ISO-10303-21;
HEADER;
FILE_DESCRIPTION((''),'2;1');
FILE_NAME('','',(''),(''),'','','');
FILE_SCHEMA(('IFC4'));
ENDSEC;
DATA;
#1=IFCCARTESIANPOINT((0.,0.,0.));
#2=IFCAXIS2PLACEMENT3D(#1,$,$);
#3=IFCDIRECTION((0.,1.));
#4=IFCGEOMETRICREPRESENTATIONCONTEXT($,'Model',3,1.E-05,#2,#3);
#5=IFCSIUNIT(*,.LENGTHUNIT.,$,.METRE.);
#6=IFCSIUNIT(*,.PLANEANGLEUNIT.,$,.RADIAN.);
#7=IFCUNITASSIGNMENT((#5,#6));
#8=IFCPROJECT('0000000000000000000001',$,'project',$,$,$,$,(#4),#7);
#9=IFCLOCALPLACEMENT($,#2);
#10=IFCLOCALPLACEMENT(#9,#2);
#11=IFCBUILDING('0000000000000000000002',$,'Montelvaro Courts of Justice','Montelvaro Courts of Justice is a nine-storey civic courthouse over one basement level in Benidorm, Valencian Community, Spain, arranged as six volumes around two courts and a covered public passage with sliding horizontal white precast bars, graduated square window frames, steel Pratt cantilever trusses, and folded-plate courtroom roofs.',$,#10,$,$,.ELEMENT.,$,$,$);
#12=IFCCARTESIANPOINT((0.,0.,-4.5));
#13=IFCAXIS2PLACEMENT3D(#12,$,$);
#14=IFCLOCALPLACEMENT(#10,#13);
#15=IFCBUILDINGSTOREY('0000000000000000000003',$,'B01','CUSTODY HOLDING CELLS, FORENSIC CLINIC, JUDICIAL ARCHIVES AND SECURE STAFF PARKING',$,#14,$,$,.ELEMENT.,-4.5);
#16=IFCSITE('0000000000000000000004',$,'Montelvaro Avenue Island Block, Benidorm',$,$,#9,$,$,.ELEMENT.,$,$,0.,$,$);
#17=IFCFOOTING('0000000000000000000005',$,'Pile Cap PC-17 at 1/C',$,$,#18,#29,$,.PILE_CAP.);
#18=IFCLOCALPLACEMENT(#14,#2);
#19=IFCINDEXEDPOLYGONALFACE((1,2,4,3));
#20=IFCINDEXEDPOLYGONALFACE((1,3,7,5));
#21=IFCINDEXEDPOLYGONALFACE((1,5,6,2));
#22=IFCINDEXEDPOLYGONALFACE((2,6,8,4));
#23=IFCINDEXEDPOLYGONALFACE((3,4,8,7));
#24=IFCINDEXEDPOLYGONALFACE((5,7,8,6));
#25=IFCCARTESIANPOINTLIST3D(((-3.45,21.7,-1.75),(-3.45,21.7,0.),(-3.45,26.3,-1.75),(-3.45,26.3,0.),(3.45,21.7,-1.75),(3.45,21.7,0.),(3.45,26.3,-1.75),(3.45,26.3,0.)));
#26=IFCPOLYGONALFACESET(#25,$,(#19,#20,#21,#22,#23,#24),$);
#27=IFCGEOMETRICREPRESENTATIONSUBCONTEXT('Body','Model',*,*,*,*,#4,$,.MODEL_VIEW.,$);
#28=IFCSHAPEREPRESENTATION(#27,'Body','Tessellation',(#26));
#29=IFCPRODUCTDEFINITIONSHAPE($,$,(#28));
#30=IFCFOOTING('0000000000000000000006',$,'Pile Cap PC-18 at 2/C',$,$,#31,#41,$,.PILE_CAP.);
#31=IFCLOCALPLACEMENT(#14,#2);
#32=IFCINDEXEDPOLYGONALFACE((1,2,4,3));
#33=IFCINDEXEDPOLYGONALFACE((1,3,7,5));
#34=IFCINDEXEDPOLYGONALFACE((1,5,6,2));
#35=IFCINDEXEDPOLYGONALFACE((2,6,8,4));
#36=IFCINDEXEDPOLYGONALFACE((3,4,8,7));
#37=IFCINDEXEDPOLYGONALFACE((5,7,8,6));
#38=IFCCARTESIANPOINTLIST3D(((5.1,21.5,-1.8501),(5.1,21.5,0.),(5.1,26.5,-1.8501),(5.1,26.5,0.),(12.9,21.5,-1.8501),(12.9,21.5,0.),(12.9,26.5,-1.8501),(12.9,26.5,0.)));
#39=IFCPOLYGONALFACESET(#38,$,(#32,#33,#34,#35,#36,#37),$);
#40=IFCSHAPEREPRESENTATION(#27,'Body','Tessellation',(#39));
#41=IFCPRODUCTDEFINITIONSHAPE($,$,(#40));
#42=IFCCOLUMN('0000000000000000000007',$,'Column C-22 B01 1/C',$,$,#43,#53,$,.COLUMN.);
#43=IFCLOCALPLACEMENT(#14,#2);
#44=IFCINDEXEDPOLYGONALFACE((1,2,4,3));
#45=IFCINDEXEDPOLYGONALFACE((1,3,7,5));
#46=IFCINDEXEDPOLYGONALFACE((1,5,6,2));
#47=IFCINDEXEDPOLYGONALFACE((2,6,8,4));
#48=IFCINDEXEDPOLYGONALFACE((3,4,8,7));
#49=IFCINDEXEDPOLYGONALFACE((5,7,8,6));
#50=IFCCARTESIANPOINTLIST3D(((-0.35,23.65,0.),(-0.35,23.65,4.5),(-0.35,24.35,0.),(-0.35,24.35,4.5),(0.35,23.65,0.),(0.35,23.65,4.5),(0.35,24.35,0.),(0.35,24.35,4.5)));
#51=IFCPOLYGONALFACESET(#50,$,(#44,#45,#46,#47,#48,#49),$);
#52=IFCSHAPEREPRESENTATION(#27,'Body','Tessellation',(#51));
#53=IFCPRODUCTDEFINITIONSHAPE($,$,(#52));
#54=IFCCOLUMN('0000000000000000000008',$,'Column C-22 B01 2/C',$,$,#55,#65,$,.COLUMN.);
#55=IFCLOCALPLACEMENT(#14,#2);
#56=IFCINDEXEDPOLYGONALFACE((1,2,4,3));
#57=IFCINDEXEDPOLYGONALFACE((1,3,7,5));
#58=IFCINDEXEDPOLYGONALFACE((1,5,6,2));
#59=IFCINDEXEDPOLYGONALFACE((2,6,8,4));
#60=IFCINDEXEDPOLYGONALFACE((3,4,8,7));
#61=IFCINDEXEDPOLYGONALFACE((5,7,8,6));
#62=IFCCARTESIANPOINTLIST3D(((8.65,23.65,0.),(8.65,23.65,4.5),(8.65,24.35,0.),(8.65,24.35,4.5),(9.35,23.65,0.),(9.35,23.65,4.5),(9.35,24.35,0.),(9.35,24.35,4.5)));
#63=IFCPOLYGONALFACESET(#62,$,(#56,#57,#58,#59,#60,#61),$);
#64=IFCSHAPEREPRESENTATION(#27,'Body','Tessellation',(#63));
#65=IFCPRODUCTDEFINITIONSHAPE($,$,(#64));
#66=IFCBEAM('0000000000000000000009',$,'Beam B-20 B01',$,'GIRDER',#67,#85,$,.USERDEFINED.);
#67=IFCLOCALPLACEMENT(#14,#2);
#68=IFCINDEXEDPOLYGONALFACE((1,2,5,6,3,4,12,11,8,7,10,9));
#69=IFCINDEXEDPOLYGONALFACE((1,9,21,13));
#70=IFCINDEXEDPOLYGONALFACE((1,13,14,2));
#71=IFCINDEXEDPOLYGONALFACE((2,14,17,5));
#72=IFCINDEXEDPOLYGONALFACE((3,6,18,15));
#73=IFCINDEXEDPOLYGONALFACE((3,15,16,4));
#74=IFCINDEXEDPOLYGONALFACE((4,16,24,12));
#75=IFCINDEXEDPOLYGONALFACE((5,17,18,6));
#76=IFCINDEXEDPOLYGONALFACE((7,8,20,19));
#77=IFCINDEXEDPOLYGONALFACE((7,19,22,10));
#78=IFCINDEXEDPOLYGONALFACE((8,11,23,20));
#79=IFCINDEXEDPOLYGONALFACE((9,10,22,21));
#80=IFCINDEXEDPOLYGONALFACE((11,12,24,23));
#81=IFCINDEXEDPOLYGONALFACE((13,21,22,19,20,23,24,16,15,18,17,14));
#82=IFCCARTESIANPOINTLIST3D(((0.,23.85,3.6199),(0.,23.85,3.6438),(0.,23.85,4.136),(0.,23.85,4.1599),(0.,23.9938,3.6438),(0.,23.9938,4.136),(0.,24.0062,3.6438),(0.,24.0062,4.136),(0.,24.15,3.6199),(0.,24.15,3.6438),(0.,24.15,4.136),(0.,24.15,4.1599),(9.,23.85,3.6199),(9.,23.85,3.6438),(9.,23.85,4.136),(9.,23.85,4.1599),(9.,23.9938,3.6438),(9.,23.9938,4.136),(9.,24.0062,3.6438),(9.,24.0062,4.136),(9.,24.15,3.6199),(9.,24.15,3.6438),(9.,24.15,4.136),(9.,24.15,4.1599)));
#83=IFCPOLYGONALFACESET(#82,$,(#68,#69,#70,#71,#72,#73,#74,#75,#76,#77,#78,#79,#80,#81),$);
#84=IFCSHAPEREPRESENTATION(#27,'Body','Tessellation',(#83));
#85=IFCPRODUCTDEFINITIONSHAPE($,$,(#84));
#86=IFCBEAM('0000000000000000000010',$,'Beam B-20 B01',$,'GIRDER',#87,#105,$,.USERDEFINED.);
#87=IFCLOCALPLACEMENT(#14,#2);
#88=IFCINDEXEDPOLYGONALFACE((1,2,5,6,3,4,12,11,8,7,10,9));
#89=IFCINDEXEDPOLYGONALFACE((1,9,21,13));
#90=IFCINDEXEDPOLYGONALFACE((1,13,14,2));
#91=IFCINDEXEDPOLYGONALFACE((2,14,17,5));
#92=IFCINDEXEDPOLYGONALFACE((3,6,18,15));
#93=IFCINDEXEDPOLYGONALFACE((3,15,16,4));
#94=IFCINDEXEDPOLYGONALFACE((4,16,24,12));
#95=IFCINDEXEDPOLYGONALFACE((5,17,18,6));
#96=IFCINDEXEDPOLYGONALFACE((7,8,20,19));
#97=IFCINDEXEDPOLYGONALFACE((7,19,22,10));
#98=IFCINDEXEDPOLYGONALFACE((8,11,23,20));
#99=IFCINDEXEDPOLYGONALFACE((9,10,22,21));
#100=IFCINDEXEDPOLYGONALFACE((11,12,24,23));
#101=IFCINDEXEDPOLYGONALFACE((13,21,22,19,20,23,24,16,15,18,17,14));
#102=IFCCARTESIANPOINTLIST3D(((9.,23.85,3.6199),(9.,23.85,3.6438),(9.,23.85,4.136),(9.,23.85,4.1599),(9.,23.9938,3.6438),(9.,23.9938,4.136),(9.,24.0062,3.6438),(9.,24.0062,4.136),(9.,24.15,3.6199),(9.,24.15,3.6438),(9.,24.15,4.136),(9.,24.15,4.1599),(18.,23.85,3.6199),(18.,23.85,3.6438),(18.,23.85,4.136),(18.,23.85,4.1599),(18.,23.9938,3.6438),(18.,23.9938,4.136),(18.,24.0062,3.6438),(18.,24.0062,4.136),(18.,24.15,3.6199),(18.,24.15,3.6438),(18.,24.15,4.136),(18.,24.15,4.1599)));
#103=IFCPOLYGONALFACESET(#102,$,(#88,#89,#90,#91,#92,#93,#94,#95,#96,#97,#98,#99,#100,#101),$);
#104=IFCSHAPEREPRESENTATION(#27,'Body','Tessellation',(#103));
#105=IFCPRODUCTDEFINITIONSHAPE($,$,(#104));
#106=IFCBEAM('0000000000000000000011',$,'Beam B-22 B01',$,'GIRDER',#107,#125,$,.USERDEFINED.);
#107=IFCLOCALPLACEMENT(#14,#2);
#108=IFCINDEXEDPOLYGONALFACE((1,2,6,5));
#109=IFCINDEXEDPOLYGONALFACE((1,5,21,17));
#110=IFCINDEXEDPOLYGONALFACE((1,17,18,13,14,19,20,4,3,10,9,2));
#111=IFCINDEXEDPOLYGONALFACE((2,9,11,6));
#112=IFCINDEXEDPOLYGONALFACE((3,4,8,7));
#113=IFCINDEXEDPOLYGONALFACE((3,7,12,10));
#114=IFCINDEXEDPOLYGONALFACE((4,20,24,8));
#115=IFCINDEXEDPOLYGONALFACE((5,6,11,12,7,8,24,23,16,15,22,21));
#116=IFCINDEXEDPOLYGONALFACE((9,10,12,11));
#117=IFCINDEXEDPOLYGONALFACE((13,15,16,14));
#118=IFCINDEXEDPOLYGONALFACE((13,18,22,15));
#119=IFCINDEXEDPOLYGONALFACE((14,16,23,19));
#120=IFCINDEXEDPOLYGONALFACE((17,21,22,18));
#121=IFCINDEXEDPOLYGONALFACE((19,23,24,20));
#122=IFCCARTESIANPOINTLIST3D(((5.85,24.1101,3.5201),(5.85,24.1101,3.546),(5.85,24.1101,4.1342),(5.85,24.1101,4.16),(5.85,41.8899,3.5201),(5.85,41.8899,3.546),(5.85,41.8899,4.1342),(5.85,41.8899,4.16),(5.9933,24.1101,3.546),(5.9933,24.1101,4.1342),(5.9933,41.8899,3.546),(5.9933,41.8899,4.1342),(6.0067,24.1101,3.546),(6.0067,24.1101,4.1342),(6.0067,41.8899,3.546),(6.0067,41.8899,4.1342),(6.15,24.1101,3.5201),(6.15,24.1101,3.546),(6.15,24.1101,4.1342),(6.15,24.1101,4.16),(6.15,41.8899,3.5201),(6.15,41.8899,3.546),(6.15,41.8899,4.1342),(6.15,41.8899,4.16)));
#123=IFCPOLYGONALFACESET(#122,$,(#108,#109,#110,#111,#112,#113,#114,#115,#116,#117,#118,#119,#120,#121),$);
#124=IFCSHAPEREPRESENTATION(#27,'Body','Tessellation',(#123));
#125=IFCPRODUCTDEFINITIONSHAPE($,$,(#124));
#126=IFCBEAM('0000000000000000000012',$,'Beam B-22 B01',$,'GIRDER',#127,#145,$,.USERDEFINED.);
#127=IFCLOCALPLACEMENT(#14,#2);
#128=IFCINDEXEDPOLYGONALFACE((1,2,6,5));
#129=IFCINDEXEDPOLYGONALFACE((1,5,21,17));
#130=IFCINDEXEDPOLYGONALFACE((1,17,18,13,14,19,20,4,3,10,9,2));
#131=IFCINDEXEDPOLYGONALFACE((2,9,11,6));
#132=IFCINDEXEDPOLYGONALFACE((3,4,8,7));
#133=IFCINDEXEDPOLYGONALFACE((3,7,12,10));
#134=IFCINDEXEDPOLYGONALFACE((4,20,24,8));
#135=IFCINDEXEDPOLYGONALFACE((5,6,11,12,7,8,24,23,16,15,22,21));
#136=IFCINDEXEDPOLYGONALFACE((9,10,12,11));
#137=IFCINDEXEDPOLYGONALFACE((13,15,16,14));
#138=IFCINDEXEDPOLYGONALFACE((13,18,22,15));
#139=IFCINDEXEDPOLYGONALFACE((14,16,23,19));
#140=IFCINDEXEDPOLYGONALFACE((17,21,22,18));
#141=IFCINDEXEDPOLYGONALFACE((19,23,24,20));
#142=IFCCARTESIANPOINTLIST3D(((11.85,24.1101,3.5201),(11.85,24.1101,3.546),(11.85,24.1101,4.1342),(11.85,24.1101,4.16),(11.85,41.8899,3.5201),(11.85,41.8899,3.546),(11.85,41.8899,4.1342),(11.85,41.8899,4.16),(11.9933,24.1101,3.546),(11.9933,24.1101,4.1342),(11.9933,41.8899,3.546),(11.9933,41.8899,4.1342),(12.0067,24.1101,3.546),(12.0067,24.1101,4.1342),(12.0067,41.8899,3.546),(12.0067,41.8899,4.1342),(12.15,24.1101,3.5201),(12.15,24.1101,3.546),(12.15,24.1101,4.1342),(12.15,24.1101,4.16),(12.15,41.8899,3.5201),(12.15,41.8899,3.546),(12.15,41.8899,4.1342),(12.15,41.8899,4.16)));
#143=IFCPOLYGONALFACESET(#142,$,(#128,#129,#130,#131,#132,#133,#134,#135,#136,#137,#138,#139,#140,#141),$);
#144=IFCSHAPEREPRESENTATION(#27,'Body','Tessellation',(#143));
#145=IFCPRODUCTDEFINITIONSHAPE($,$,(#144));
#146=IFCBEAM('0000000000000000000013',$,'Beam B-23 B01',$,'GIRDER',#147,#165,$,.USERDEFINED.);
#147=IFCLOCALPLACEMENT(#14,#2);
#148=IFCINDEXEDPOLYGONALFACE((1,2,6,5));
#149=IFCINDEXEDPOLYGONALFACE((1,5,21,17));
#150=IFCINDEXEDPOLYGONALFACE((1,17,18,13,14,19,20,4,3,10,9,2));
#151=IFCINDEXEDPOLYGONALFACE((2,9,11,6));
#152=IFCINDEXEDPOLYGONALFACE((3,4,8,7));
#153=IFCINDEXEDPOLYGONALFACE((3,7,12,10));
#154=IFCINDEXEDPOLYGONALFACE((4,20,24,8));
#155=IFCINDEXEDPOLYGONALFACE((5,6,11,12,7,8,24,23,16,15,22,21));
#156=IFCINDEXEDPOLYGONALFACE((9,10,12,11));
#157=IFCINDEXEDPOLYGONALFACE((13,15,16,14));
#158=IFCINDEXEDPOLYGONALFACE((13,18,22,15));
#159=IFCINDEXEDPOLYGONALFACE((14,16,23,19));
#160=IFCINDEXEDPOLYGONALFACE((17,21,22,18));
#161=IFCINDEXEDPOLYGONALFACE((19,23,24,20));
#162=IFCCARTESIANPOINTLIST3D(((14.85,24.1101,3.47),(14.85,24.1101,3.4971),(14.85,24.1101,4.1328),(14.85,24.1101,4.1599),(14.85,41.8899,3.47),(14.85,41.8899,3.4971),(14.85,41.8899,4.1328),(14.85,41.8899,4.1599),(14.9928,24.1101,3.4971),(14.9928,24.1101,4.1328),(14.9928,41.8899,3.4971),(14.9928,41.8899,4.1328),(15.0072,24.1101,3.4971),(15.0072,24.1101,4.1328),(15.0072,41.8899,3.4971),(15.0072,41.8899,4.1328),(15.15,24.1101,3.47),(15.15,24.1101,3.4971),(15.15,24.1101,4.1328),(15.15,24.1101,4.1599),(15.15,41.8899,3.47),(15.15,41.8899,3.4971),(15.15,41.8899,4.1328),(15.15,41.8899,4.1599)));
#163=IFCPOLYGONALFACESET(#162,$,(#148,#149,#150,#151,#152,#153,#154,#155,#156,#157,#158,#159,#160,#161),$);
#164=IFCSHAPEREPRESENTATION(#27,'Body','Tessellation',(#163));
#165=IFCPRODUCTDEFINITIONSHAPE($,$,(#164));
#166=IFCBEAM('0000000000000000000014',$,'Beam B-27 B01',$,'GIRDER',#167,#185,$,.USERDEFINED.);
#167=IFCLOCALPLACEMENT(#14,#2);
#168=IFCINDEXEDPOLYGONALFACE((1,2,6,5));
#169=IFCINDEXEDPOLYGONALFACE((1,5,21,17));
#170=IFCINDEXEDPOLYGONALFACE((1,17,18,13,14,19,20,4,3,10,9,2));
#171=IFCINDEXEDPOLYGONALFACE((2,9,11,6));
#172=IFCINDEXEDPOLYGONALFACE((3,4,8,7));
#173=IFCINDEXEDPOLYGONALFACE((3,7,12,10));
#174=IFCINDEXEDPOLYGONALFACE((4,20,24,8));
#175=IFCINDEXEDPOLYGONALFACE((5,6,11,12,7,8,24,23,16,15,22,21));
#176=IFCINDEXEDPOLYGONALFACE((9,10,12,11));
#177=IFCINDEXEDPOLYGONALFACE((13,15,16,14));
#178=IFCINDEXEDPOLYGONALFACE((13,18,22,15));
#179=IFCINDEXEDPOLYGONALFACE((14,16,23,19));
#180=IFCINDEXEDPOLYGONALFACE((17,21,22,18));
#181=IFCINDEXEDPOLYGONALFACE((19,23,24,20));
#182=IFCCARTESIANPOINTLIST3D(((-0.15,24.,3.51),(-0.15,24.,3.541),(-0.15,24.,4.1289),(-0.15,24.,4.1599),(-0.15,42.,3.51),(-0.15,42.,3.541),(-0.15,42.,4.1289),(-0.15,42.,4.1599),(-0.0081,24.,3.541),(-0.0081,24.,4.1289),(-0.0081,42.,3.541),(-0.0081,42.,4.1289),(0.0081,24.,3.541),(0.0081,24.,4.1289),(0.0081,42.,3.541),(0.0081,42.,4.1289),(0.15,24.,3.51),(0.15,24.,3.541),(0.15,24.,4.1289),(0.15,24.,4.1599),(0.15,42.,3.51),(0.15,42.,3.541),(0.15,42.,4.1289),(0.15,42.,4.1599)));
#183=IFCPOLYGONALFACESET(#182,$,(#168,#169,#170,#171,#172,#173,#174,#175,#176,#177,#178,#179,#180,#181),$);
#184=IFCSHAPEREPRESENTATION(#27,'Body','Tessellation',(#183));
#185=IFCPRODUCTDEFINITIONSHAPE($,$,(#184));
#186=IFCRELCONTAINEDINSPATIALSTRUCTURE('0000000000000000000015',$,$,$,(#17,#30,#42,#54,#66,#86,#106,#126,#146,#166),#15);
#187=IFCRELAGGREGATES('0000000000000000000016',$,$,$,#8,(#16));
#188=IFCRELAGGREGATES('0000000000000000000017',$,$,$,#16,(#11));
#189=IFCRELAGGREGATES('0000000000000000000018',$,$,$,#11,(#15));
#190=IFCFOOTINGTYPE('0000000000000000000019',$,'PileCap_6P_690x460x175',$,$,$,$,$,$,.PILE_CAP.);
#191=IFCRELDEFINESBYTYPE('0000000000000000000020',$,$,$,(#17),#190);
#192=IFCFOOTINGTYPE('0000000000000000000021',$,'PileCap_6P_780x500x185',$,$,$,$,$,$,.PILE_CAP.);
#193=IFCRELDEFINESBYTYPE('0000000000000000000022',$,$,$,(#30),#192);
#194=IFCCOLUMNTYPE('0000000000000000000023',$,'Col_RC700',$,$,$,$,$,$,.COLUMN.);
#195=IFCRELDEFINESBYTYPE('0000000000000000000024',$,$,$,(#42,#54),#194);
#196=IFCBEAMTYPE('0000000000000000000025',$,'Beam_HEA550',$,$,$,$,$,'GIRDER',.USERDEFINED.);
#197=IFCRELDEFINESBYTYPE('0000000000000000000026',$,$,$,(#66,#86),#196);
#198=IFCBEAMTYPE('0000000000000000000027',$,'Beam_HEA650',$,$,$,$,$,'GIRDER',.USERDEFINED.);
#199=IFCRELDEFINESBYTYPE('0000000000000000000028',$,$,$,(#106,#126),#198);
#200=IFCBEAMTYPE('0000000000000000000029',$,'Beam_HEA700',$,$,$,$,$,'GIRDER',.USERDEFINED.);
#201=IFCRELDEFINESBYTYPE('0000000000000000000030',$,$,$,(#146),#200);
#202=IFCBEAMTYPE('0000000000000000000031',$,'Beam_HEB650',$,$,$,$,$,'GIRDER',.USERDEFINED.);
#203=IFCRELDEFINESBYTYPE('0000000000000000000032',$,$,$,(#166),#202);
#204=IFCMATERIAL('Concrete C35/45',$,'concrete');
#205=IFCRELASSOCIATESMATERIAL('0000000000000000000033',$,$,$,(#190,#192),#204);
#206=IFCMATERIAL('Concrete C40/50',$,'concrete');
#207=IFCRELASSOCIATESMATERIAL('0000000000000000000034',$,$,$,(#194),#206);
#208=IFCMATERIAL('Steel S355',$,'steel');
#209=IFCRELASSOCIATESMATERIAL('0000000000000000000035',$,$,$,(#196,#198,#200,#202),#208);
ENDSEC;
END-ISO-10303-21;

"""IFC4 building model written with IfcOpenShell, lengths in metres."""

from ifc_helpers import new_model, si_unit, direction, frame, origin, origin_2d, place, context, subcontext, project, spatial, rectangle, i_section, extrude, material, material_profile, profile_set, type_object, element, save


model = new_model("IFC4")

# Units and contexts
model_context = context("Model", 3, precision=1e-05, world=origin(), true_north=direction((0.0, 1.0)))
body_context = subcontext(model_context, "Body", "Model", "MODEL_VIEW")
ifc_project = project(units=[si_unit("LENGTHUNIT", "METRE"), si_unit("PLANEANGLEUNIT", "RADIAN")], contexts=[model_context])

# Site, building, storey
site_placement = place(None, origin())
site = spatial("IfcSite", under=ifc_project, at=site_placement, Name="Montelvaro Avenue Island Block, Benidorm", CompositionType="ELEMENT", RefElevation=0.0)
building_placement = place(site_placement, origin())
building = spatial("IfcBuilding", under=site, at=building_placement, Name="Montelvaro Courts of Justice", Description="Montelvaro Courts of Justice is a nine-storey civic courthouse over one basement level in Benidorm, Valencian Community, Spain, arranged as six volumes around two courts and a covered public passage with sliding horizontal white precast bars, graduated square window frames, steel Pratt cantilever trusses, and folded-plate courtroom roofs.", CompositionType="ELEMENT")
storey_placement = place(building_placement, frame((0.0, 0.0, -4.5)))
storey = spatial("IfcBuildingStorey", under=building, at=storey_placement, Name="B01", Description="CUSTODY HOLDING CELLS, FORENSIC CLINIC, JUDICIAL ARCHIVES AND SECURE STAFF PARKING", CompositionType="ELEMENT", Elevation=-4.5)

# Shared definitions
ifc_material_1 = material(Name="Concrete C35/45", Category="concrete")

# Footings
footing_type_1 = type_object("IfcFootingType", Name="PileCap_6P_690x460x175", PredefinedType="PILE_CAP", material=ifc_material_1)
footing_1_placement = place(storey_placement, frame((0.0, 24.0, -1.75), z_axis=(0.0, 0.0, 1.0), x_axis=(1.0, 0.0, 0.0)))
element("IfcFooting", 1, at=footing_1_placement, inside=storey, type_object=footing_type_1, Name="Pile Cap PC-17 at 1/C", PredefinedType="PILE_CAP", context=body_context, shape_type="SweptSolid", body=[
    extrude(rectangle(XDim=6.8999, YDim=4.6001, at=origin_2d()), origin(), (0.0, 0.0, 1.0), 1.75),
])
footing_type_2 = type_object("IfcFootingType", Name="PileCap_6P_780x500x185", PredefinedType="PILE_CAP", material=ifc_material_1)
footing_2_placement = place(storey_placement, frame((9.0, 24.0, -1.8501), z_axis=(0.0, 0.0, 1.0), x_axis=(1.0, 0.0, 0.0)))
element("IfcFooting", 2, at=footing_2_placement, inside=storey, type_object=footing_type_2, Name="Pile Cap PC-18 at 2/C", PredefinedType="PILE_CAP", context=body_context, shape_type="SweptSolid", body=[
    extrude(rectangle(XDim=7.8, YDim=5.0, at=origin_2d()), origin(), (0.0, 0.0, 1.0), 1.8501),
])

# Columns
ifc_material_2 = material(Name="Concrete C40/50", Category="concrete")
ifc_material_profile_1 = material_profile(ifc_material_2, rectangle(XDim=0.7, YDim=0.7, at=origin_2d()), Name="RC 700x700")
ifc_profile_set_1 = profile_set([ifc_material_profile_1], Name="Concrete C40/50")
column_type = type_object("IfcColumnType", Name="Col_RC700", PredefinedType="COLUMN", material=ifc_profile_set_1)
for number, where, z_axis, x_axis, name in (
    (3, (0.0, 24.0, 0.0), (0.0, 0.0, 1.0), (1.0, 0.0, 0.0), "Column C-22 B01 1/C"),
    (4, (9.0, 24.0, 0.0), (0.0, 0.0, 1.0), (1.0, 0.0, 0.0), "Column C-22 B01 2/C"),
):
    element("IfcColumn", number, at=place(storey_placement, frame(where, z_axis=z_axis, x_axis=x_axis)), inside=storey, type_object=column_type, Name=name, PredefinedType="COLUMN", context=body_context, shape_type="SweptSolid", body=[
        extrude(rectangle(XDim=0.7, YDim=0.7, at=origin_2d()), origin(), (0.0, 0.0, 1.0), 4.5),
    ])

# Beams
ifc_material_3 = material(Name="Steel S355", Category="steel")
ifc_material_profile_2 = material_profile(ifc_material_3, i_section(OverallWidth=0.3, OverallDepth=0.54, WebThickness=0.0125, FlangeThickness=0.0239, at=origin_2d()), Name="HEA 550")
ifc_profile_set_2 = profile_set([ifc_material_profile_2], Name="Steel S355")
beam_type_1 = type_object("IfcBeamType", Name="Beam_HEA550", ElementType="GIRDER", PredefinedType="USERDEFINED", material=ifc_profile_set_2)
for number, where, z_axis, x_axis, name in (
    (5, (0.0, 24.0, 3.8899), (1.0, 0.0, 0.0), (0.0, 1.0, 0.0), "Beam B-20 B01"),
    (6, (9.0, 24.0, 3.8899), (1.0, 0.0, 0.0), (0.0, 1.0, 0.0), "Beam B-20 B01"),
):
    element("IfcBeam", number, at=place(storey_placement, frame(where, z_axis=z_axis, x_axis=x_axis)), inside=storey, type_object=beam_type_1, Name=name, ObjectType="GIRDER", PredefinedType="USERDEFINED", context=body_context, shape_type="SweptSolid", body=[
        extrude(i_section(OverallWidth=0.3, OverallDepth=0.54, WebThickness=0.0125, FlangeThickness=0.0239, at=origin_2d()), origin(), (0.0, 0.0, 1.0), 9.0),
    ])
ifc_material_profile_3 = material_profile(ifc_material_3, i_section(OverallWidth=0.3, OverallDepth=0.6399, WebThickness=0.0134, FlangeThickness=0.0259, at=origin_2d()), Name="HEA 650")
ifc_profile_set_3 = profile_set([ifc_material_profile_3], Name="Steel S355")
beam_type_2 = type_object("IfcBeamType", Name="Beam_HEA650", ElementType="GIRDER", PredefinedType="USERDEFINED", material=ifc_profile_set_3)
for number, where, z_axis, x_axis, name in (
    (7, (6.0, 24.1101, 3.8401), (0.0, 1.0, 0.0), (-1.0, 0.0, 0.0), "Beam B-22 B01"),
    (8, (12.0, 24.1101, 3.8401), (0.0, 1.0, 0.0), (-1.0, 0.0, 0.0), "Beam B-22 B01"),
):
    element("IfcBeam", number, at=place(storey_placement, frame(where, z_axis=z_axis, x_axis=x_axis)), inside=storey, type_object=beam_type_2, Name=name, ObjectType="GIRDER", PredefinedType="USERDEFINED", context=body_context, shape_type="SweptSolid", body=[
        extrude(i_section(OverallWidth=0.3, OverallDepth=0.6399, WebThickness=0.0134, FlangeThickness=0.0259, at=origin_2d()), origin(), (0.0, 0.0, 1.0), 17.7798),
    ])
ifc_material_profile_4 = material_profile(ifc_material_3, i_section(OverallWidth=0.3, OverallDepth=0.6899, WebThickness=0.0144, FlangeThickness=0.0271, at=origin_2d()), Name="HEA 700")
ifc_profile_set_4 = profile_set([ifc_material_profile_4], Name="Steel S355")
beam_type_3 = type_object("IfcBeamType", Name="Beam_HEA700", ElementType="GIRDER", PredefinedType="USERDEFINED", material=ifc_profile_set_4)
beam_1_placement = place(storey_placement, frame((15.0, 24.1101, 3.8149), z_axis=(0.0, 1.0, 0.0), x_axis=(-1.0, 0.0, 0.0)))
element("IfcBeam", 9, at=beam_1_placement, inside=storey, type_object=beam_type_3, Name="Beam B-23 B01", ObjectType="GIRDER", PredefinedType="USERDEFINED", context=body_context, shape_type="SweptSolid", body=[
    extrude(i_section(OverallWidth=0.3, OverallDepth=0.6899, WebThickness=0.0144, FlangeThickness=0.0271, at=origin_2d()), origin(), (0.0, 0.0, 1.0), 17.7798),
])
ifc_material_profile_5 = material_profile(ifc_material_3, i_section(OverallWidth=0.3, OverallDepth=0.6499, WebThickness=0.0161, FlangeThickness=0.031, at=origin_2d()), Name="HEB 650")
ifc_profile_set_5 = profile_set([ifc_material_profile_5], Name="Steel S355")
beam_type_4 = type_object("IfcBeamType", Name="Beam_HEB650", ElementType="GIRDER", PredefinedType="USERDEFINED", material=ifc_profile_set_5)
beam_2_placement = place(storey_placement, frame((0.0, 24.0, 3.835), z_axis=(0.0, 1.0, 0.0), x_axis=(-1.0, 0.0, 0.0)))
element("IfcBeam", 10, at=beam_2_placement, inside=storey, type_object=beam_type_4, Name="Beam B-27 B01", ObjectType="GIRDER", PredefinedType="USERDEFINED", context=body_context, shape_type="SweptSolid", body=[
    extrude(i_section(OverallWidth=0.3, OverallDepth=0.6499, WebThickness=0.0161, FlangeThickness=0.031, at=origin_2d()), origin(), (0.0, 0.0, 1.0), 18.0),
])

save(model, "model.ifc")
